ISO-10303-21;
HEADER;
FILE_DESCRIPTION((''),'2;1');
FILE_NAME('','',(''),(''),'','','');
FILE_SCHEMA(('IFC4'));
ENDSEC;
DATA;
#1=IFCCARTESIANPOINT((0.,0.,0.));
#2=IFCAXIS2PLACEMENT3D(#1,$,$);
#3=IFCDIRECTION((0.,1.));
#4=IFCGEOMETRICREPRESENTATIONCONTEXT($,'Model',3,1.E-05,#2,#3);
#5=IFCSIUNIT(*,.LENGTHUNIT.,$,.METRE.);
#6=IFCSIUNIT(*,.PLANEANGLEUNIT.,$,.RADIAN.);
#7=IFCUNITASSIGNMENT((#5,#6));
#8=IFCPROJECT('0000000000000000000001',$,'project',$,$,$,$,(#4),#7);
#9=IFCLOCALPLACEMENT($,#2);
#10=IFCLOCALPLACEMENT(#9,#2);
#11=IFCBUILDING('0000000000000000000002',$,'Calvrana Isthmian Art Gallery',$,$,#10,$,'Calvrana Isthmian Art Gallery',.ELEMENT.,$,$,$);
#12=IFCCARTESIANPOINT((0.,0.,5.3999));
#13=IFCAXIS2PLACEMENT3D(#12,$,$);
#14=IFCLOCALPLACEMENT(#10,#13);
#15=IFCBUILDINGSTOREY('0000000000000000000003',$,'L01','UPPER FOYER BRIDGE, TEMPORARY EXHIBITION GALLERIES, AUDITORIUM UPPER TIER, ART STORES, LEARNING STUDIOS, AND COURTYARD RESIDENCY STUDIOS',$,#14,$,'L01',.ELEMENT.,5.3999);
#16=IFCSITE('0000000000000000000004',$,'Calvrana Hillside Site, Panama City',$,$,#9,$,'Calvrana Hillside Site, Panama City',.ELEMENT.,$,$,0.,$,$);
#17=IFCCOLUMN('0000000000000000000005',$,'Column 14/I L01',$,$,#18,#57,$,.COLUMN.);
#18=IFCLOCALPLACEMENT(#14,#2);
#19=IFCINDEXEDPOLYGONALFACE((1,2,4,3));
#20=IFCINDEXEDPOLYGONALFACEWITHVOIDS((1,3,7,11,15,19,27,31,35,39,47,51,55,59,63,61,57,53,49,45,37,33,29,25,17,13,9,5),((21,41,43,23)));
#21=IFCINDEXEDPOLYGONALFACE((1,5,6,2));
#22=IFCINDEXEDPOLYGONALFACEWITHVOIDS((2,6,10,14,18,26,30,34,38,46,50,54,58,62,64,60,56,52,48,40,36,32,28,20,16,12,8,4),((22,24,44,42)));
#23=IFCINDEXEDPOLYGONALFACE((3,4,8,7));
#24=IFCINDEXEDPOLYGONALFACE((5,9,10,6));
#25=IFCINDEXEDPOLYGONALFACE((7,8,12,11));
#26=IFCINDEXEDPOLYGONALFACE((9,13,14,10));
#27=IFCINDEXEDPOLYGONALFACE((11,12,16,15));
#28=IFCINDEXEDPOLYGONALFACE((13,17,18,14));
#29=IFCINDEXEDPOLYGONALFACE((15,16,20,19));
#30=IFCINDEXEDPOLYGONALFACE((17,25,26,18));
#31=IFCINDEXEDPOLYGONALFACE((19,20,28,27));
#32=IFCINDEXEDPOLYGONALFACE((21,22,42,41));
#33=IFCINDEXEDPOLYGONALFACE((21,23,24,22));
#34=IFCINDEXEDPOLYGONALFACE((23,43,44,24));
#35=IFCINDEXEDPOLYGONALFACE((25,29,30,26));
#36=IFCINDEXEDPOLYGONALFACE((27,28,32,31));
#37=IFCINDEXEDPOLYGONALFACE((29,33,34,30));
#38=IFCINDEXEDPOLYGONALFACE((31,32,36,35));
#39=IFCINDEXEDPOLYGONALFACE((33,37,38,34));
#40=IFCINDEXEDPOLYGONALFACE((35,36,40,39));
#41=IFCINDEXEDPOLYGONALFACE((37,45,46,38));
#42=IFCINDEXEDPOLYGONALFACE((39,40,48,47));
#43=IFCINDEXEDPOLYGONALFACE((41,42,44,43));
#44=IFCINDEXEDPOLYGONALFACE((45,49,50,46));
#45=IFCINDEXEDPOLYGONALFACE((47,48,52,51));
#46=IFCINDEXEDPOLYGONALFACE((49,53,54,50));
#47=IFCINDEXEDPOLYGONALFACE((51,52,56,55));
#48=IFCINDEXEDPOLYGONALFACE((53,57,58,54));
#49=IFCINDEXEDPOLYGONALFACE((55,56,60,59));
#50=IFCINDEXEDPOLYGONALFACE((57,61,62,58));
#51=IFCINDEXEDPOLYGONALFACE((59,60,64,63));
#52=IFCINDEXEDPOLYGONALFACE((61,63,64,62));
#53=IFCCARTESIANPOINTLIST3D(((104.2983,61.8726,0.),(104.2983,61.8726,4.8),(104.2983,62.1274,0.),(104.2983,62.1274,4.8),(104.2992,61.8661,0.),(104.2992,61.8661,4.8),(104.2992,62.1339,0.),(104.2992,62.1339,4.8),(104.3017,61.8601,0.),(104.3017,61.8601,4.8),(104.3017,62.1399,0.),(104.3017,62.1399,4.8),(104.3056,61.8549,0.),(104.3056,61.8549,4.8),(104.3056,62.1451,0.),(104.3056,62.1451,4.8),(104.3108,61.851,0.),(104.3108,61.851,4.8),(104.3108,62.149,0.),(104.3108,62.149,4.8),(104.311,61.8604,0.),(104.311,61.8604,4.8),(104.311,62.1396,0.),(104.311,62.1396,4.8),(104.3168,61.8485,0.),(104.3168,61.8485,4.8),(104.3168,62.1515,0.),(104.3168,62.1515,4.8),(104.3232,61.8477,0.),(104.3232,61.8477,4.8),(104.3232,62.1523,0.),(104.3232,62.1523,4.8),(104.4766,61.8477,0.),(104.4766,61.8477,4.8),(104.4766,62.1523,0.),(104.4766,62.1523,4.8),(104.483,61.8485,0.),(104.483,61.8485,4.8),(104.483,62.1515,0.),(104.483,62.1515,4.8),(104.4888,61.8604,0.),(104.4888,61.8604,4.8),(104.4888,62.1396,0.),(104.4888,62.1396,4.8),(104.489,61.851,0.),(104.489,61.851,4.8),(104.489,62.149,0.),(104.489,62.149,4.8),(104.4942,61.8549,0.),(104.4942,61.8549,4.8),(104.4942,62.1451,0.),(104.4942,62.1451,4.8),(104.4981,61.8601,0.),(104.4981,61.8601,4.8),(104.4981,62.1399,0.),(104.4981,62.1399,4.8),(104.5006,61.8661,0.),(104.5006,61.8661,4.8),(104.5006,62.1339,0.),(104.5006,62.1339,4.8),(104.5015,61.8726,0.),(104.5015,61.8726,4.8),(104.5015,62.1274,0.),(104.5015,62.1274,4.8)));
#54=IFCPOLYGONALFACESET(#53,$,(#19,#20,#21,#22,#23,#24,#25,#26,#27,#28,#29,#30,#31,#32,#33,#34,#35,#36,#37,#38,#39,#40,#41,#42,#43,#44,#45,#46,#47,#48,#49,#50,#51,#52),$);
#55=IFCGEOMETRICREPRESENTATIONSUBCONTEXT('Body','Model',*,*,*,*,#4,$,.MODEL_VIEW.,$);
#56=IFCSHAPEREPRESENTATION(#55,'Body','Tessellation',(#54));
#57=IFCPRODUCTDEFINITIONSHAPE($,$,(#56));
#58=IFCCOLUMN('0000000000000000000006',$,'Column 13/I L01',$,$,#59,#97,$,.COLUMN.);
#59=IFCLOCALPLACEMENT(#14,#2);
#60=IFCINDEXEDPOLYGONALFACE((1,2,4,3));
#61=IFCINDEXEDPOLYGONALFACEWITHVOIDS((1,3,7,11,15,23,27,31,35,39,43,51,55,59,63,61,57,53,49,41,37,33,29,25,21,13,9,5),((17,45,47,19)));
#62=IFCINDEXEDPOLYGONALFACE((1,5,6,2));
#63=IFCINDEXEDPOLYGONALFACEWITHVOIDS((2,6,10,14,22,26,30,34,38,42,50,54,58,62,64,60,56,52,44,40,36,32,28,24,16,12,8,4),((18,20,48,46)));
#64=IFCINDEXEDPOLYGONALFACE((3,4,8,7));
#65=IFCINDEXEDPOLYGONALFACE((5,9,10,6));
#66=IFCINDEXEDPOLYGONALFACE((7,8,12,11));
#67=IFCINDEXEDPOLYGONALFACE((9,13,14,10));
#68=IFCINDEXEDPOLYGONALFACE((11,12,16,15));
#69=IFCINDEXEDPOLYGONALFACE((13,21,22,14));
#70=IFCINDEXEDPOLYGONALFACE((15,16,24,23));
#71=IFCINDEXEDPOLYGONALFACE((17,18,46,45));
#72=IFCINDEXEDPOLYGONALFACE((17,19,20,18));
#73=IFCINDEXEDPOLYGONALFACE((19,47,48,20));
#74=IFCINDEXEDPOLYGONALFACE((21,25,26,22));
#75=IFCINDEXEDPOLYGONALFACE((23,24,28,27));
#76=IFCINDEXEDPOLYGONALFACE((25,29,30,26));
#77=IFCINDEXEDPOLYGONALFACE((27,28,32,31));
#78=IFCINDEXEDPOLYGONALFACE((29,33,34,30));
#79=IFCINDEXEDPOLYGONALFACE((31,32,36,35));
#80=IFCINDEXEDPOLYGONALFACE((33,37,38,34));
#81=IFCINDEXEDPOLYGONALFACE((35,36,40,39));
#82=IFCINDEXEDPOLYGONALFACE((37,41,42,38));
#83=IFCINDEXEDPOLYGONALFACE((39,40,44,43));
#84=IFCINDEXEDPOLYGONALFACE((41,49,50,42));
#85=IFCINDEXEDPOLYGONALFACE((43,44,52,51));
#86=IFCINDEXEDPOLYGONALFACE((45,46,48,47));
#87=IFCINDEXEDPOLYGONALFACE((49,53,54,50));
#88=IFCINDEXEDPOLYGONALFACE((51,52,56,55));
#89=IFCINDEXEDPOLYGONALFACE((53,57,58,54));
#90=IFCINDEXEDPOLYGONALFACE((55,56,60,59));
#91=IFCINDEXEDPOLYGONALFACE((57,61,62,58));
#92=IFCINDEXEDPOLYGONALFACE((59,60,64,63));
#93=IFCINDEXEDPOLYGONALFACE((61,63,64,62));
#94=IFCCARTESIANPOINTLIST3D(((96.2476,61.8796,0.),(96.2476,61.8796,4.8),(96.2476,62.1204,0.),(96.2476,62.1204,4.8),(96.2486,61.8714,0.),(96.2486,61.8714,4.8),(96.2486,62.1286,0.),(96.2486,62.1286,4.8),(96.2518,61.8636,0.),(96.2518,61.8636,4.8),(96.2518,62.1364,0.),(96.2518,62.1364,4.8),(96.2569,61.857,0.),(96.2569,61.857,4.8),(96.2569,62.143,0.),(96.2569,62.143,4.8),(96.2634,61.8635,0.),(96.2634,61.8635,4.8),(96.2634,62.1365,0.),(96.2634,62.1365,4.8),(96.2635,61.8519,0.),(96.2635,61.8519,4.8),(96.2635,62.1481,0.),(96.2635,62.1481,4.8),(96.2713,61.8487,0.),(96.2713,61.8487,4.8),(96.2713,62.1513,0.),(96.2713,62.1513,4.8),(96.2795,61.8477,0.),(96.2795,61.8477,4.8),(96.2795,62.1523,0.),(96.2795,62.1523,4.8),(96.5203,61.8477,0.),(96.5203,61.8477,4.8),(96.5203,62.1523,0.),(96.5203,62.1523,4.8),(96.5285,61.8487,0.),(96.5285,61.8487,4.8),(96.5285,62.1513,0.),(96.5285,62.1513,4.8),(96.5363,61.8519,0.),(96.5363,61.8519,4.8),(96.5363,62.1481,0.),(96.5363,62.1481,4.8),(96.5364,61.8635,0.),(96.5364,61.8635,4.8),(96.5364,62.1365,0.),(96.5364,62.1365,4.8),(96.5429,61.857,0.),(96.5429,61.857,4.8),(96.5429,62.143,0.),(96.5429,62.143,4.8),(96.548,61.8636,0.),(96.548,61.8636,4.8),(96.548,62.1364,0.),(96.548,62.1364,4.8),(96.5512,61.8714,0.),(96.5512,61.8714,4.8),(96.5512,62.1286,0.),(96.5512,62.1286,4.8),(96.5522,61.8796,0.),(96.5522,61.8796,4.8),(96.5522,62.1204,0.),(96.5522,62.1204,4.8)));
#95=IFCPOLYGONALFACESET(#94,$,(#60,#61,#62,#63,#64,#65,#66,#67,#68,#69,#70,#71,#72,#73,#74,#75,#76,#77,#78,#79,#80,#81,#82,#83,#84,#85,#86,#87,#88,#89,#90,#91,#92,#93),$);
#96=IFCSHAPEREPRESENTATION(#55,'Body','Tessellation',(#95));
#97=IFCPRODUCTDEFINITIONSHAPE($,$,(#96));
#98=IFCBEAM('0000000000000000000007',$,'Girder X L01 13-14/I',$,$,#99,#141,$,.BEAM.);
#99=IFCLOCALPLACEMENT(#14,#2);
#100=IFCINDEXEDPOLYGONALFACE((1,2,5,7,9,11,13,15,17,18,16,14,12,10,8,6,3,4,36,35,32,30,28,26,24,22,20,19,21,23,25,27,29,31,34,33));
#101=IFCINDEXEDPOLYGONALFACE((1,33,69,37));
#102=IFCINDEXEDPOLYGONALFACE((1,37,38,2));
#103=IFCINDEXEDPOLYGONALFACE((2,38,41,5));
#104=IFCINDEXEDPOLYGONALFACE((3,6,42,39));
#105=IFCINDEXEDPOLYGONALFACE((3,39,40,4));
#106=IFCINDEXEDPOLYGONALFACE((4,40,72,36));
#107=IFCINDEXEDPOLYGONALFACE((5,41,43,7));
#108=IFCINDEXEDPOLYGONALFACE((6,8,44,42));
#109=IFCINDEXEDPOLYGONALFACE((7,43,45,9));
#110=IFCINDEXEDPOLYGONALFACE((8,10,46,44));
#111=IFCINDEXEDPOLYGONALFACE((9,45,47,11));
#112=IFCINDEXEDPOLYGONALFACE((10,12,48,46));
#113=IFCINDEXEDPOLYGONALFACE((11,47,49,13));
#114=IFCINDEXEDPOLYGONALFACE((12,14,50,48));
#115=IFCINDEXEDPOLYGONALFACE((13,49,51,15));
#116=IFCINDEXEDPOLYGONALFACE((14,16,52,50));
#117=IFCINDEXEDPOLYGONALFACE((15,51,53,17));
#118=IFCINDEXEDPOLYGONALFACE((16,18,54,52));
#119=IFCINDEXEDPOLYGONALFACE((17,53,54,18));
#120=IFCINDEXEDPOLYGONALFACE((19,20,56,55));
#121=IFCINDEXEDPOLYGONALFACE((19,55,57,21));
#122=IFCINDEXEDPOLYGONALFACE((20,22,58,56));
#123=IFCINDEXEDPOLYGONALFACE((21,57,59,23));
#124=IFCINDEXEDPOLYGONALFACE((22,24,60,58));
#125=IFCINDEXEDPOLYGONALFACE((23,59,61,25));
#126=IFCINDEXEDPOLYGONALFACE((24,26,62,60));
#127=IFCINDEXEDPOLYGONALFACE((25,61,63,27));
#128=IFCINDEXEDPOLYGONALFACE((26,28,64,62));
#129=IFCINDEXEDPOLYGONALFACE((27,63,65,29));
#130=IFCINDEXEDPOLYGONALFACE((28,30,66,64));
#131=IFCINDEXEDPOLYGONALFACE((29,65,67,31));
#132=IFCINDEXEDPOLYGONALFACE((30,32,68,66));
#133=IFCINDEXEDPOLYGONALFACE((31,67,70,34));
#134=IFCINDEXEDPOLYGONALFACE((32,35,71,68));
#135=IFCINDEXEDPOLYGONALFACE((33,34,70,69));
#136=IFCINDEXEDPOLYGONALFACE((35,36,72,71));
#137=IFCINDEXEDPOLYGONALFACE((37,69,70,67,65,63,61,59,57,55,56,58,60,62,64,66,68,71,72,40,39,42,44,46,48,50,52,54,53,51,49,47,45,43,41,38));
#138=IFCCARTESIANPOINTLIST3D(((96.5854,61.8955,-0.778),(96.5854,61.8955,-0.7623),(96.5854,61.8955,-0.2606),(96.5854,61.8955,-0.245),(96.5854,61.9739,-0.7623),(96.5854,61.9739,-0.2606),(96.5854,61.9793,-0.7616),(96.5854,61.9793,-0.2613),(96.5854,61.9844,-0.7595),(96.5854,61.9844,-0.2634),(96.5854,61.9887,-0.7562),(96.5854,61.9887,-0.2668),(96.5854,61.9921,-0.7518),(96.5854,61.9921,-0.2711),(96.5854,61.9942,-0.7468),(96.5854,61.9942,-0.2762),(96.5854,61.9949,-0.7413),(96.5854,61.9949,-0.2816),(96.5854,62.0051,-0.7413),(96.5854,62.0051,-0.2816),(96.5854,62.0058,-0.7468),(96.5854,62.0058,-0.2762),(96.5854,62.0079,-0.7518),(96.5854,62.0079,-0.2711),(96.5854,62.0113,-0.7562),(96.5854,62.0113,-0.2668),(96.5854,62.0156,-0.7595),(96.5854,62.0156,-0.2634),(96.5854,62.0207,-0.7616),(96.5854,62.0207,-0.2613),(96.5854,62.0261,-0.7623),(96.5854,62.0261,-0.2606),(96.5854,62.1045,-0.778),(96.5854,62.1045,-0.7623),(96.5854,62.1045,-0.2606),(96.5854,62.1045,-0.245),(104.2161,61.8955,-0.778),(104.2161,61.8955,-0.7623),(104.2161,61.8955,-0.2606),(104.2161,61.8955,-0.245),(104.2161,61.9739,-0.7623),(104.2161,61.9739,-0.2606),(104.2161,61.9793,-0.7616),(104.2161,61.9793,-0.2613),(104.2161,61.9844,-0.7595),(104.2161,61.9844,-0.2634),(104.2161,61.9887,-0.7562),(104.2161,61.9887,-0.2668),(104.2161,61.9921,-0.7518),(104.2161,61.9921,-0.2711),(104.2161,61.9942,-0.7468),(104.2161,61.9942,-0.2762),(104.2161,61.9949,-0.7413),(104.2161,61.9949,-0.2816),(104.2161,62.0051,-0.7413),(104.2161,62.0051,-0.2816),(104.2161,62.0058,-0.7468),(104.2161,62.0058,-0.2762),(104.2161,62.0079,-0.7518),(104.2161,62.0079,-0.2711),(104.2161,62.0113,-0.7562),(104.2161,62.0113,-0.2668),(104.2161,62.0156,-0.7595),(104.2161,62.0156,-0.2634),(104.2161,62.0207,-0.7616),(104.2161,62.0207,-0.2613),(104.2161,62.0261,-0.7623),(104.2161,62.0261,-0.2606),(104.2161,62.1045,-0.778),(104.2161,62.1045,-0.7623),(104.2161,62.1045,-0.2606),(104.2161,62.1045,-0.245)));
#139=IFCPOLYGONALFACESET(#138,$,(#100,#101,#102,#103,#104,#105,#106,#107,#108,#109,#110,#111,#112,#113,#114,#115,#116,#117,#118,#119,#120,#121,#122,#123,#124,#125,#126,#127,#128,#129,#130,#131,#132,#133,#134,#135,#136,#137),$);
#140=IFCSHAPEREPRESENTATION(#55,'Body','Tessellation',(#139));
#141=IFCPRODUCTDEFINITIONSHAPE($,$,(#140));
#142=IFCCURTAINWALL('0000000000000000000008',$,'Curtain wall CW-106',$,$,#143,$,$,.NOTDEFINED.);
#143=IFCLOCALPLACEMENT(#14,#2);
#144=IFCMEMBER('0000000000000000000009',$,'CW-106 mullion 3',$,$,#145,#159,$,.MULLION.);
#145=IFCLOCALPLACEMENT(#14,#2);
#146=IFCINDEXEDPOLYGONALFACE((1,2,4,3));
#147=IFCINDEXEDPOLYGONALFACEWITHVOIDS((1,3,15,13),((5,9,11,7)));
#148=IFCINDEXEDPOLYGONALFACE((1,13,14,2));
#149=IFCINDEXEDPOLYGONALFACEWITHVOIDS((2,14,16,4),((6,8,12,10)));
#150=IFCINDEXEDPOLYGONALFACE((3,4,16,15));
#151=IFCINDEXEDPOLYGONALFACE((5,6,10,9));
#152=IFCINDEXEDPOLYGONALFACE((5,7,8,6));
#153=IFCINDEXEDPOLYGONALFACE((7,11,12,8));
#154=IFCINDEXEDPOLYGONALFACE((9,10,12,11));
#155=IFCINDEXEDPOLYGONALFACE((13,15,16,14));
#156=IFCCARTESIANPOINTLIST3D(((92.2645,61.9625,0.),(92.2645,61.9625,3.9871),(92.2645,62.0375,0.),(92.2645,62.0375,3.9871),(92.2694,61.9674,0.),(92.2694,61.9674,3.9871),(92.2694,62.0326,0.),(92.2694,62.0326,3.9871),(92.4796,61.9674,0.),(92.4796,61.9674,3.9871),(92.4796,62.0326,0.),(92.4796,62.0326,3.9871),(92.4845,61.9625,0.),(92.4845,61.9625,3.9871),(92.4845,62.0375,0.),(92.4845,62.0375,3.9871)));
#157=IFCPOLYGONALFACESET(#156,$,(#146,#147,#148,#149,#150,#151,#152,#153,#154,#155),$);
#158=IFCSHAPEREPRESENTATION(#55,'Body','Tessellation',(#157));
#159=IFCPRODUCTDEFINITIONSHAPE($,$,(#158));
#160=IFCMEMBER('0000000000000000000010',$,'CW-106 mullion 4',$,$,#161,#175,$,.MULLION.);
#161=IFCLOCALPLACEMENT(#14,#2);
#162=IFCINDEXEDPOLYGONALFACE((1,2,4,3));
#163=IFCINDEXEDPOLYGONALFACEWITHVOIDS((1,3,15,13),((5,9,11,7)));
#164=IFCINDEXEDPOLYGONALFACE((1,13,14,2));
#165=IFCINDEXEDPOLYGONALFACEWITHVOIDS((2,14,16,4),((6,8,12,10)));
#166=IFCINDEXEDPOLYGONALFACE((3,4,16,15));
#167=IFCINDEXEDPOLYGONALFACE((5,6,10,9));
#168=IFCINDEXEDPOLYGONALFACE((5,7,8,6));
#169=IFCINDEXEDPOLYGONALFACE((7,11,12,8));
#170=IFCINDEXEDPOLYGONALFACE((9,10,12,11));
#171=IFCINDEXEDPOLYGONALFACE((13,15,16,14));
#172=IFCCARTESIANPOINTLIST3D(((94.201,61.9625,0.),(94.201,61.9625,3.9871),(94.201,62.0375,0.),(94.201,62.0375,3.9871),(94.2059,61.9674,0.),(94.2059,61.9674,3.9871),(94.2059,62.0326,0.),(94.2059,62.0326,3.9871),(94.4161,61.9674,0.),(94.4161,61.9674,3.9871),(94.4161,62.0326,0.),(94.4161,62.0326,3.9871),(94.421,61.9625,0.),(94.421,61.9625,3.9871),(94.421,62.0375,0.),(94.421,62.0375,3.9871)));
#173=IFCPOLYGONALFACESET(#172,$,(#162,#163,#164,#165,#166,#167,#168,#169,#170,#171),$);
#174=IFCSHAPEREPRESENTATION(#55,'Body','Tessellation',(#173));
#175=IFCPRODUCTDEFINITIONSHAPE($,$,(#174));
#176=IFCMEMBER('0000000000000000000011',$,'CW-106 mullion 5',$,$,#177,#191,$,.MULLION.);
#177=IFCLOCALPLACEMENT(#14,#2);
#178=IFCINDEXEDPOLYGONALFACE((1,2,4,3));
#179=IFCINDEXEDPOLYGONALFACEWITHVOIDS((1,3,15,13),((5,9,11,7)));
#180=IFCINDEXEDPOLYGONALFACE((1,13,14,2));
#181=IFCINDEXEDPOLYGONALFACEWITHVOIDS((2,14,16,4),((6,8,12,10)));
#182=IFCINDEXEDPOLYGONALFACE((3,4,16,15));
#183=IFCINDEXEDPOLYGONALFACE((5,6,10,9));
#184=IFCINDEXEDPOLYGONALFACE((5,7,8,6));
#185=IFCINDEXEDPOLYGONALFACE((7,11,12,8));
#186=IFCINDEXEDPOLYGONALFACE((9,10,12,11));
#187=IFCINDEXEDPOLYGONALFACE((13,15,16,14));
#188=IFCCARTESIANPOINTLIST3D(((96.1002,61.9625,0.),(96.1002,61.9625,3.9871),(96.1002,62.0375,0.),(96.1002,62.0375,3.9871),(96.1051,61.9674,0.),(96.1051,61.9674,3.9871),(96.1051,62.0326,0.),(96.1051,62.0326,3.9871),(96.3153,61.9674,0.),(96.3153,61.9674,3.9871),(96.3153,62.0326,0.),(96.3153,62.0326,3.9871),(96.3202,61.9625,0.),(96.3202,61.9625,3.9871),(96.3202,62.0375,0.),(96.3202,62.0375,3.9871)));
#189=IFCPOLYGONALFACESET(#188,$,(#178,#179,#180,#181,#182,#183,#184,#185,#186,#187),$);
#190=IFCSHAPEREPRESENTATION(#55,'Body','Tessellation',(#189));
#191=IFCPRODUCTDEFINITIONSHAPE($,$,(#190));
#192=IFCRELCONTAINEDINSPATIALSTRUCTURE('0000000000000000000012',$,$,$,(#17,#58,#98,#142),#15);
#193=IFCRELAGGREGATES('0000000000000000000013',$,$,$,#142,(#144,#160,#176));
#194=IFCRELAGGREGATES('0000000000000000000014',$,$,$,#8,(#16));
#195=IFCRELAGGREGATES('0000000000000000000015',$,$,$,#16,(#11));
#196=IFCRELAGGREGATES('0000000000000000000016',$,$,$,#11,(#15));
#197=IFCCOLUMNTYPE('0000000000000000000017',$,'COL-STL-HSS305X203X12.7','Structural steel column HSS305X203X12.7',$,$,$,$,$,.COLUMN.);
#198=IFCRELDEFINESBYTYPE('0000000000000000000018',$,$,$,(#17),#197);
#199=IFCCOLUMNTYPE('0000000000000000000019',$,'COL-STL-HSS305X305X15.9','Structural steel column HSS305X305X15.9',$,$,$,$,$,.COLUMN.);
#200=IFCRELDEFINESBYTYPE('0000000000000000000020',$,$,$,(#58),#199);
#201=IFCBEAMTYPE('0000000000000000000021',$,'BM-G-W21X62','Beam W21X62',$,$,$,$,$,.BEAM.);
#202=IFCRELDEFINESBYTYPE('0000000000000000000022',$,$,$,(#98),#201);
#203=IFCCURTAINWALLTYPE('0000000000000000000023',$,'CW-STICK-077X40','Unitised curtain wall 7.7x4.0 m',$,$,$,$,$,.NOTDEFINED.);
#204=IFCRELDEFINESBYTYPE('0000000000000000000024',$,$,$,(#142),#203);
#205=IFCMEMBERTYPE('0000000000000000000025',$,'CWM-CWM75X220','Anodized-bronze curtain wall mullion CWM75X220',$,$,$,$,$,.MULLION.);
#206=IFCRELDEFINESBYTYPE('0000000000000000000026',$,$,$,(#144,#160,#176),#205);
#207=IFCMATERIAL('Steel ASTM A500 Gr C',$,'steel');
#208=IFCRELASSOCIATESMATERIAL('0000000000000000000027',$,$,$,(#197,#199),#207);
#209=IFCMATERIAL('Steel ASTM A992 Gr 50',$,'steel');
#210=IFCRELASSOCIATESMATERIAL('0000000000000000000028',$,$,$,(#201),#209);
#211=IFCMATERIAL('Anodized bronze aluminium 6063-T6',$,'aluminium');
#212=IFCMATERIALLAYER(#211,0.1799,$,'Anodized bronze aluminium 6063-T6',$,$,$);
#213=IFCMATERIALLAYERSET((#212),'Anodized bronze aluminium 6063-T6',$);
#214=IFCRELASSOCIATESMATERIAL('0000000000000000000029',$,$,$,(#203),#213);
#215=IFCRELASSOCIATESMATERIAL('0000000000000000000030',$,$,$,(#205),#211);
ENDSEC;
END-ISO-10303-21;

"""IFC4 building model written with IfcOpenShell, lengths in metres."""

from ifc_helpers import new_model, si_unit, direction, frame, origin, origin_2d, place, context, subcontext, project, spatial, hollow_rectangle, i_section, extrude, material, layer, layer_set, material_profile, profile_set, type_object, element, aggregate, save


model = new_model("IFC4")

# Units and contexts
model_context = context("Model", 3, precision=1e-05, world=origin(), true_north=direction((0.0, 1.0)))
body_context = subcontext(model_context, "Body", "Model", "MODEL_VIEW")
ifc_project = project(units=[si_unit("LENGTHUNIT", "METRE"), si_unit("PLANEANGLEUNIT", "RADIAN")], contexts=[model_context])

# Site, building, storey
site_placement = place(None, origin())
site = spatial("IfcSite", under=ifc_project, at=site_placement, Name="Calvrana Hillside Site, Panama City", LongName="Calvrana Hillside Site, Panama City", CompositionType="ELEMENT", RefElevation=0.0)
building_placement = place(site_placement, origin())
building = spatial("IfcBuilding", under=site, at=building_placement, Name="Calvrana Isthmian Art Gallery", LongName="Calvrana Isthmian Art Gallery", CompositionType="ELEMENT")
storey_placement = place(building_placement, frame((0.0, 0.0, 5.3999)))
storey = spatial("IfcBuildingStorey", under=building, at=storey_placement, Name="L01", Description="UPPER FOYER BRIDGE, TEMPORARY EXHIBITION GALLERIES, AUDITORIUM UPPER TIER, ART STORES, LEARNING STUDIOS, AND COURTYARD RESIDENCY STUDIOS", LongName="L01", CompositionType="ELEMENT", Elevation=5.3999)

# Columns
ifc_material_1 = material(Name="Steel ASTM A500 Gr C", Category="steel")
ifc_material_profile_1 = material_profile(ifc_material_1, hollow_rectangle(XDim=0.2031, YDim=0.3047, WallThickness=0.0127, OuterFilletRadius=0.0249, at=origin_2d()), Name="HSS305X203X12.7")
ifc_profile_set_1 = profile_set([ifc_material_profile_1], Name="Steel ASTM A500 Gr C")
column_type_1 = type_object("IfcColumnType", Name="COL-STL-HSS305X203X12.7", Description="Structural steel column HSS305X203X12.7", PredefinedType="COLUMN", material=ifc_profile_set_1)
column_1_placement = place(storey_placement, frame((104.3999, 62.0, 0.0), z_axis=(0.0, 0.0, 1.0), x_axis=(1.0, 0.0, 0.0)))
element("IfcColumn", 1, at=column_1_placement, inside=storey, type_object=column_type_1, Name="Column 14/I L01", PredefinedType="COLUMN", context=body_context, shape_type="SweptSolid", body=[
    extrude(hollow_rectangle(XDim=0.2031, YDim=0.3047, WallThickness=0.0127, OuterFilletRadius=0.0249, at=origin_2d()), origin(), (0.0, 0.0, 1.0), 4.8),
])
ifc_material_profile_2 = material_profile(ifc_material_1, hollow_rectangle(XDim=0.3047, YDim=0.3047, WallThickness=0.0159, OuterFilletRadius=0.032, at=origin_2d()), Name="HSS305X305X15.9")
ifc_profile_set_2 = profile_set([ifc_material_profile_2], Name="Steel ASTM A500 Gr C")
column_type_2 = type_object("IfcColumnType", Name="COL-STL-HSS305X305X15.9", Description="Structural steel column HSS305X305X15.9", PredefinedType="COLUMN", material=ifc_profile_set_2)
column_2_placement = place(storey_placement, frame((96.3999, 62.0, 0.0), z_axis=(0.0, 0.0, 1.0), x_axis=(1.0, 0.0, 0.0)))
element("IfcColumn", 2, at=column_2_placement, inside=storey, type_object=column_type_2, Name="Column 13/I L01", PredefinedType="COLUMN", context=body_context, shape_type="SweptSolid", body=[
    extrude(hollow_rectangle(XDim=0.3047, YDim=0.3047, WallThickness=0.0159, OuterFilletRadius=0.032, at=origin_2d()), origin(), (0.0, 0.0, 1.0), 4.8),
])

# Beam
ifc_material_2 = material(Name="Steel ASTM A992 Gr 50", Category="steel")
ifc_material_profile_3 = material_profile(ifc_material_2, i_section(OverallWidth=0.209, OverallDepth=0.533, WebThickness=0.0103, FlangeThickness=0.0156, FilletRadius=0.021, at=origin_2d()), Name="W21X62")
ifc_profile_set_3 = profile_set([ifc_material_profile_3], Name="Steel ASTM A992 Gr 50")
beam_type = type_object("IfcBeamType", Name="BM-G-W21X62", Description="Beam W21X62", PredefinedType="BEAM", material=ifc_profile_set_3)
beam_placement = place(storey_placement, frame((96.5854, 62.0, -0.5115), z_axis=(1.0, 0.0, 0.0), x_axis=(0.0, 1.0, 0.0)))
element("IfcBeam", 3, at=beam_placement, inside=storey, type_object=beam_type, Name="Girder X L01 13-14/I", PredefinedType="BEAM", context=body_context, shape_type="SweptSolid", body=[
    extrude(i_section(OverallWidth=0.209, OverallDepth=0.533, WebThickness=0.0103, FlangeThickness=0.0156, FilletRadius=0.021, at=origin_2d()), origin(), (0.0, 0.0, 1.0), 7.6306),
])

# Curtain wall, members
ifc_material_3 = material(Name="Anodized bronze aluminium 6063-T6", Category="aluminium")
ifc_layer_1 = layer(ifc_material_3, 0.1799, Name="Anodized bronze aluminium 6063-T6")
ifc_layer_set_1 = layer_set([ifc_layer_1], Name="Anodized bronze aluminium 6063-T6")
curtain_wall_type = type_object("IfcCurtainWallType", Name="CW-STICK-077X40", Description="Unitised curtain wall 7.7x4.0 m", PredefinedType="NOTDEFINED", material=ifc_layer_set_1)
curtain_wall_placement = place(storey_placement, origin())
curtain_wall = element("IfcCurtainWall", 4, at=curtain_wall_placement, inside=storey, type_object=curtain_wall_type, Name="Curtain wall CW-106", PredefinedType="NOTDEFINED")
ifc_material_profile_4 = material_profile(ifc_material_3, hollow_rectangle(XDim=0.075, YDim=0.22, WallThickness=0.0049, at=origin_2d()), Name="CWM75X220")
ifc_profile_set_4 = profile_set([ifc_material_profile_4], Name="Anodized bronze aluminium 6063-T6")
member_type_1 = type_object("IfcMemberType", Name="CWM-CWM75X220", Description="Anodized-bronze curtain wall mullion CWM75X220", PredefinedType="MULLION", material=ifc_profile_set_4)
member_1_placement = place(storey_placement, frame((92.3745, 62.0, 0.0), z_axis=(0.0, 0.0, 1.0), x_axis=(0.0, 1.0, 0.0)))
member_1 = element("IfcMember", 5, at=member_1_placement, type_object=member_type_1, Name="CW-106 mullion 3", PredefinedType="MULLION", context=body_context, shape_type="SweptSolid", body=[
    extrude(hollow_rectangle(XDim=0.075, YDim=0.22, WallThickness=0.0049, at=origin_2d()), origin(), (0.0, 0.0, 1.0), 3.9871),
])
member_2_placement = place(storey_placement, frame((94.311, 62.0, 0.0), z_axis=(0.0, 0.0, 1.0), x_axis=(0.0, 1.0, 0.0)))
member_2 = element("IfcMember", 6, at=member_2_placement, type_object=member_type_1, Name="CW-106 mullion 4", PredefinedType="MULLION", context=body_context, shape_type="SweptSolid", body=[
    extrude(hollow_rectangle(XDim=0.075, YDim=0.22, WallThickness=0.0049, at=origin_2d()), origin(), (0.0, 0.0, 1.0), 3.9871),
])
member_3_placement = place(storey_placement, frame((96.2102, 62.0, 0.0), z_axis=(0.0, 0.0, 1.0), x_axis=(0.0, 1.0, 0.0)))
member_3 = element("IfcMember", 7, at=member_3_placement, type_object=member_type_1, Name="CW-106 mullion 5", PredefinedType="MULLION", context=body_context, shape_type="SweptSolid", body=[
    extrude(hollow_rectangle(XDim=0.075, YDim=0.22, WallThickness=0.0049, at=origin_2d()), origin(), (0.0, 0.0, 1.0), 3.9871),
])
aggregate(curtain_wall, [member_1, member_2, member_3])

save(model, "model.ifc")
